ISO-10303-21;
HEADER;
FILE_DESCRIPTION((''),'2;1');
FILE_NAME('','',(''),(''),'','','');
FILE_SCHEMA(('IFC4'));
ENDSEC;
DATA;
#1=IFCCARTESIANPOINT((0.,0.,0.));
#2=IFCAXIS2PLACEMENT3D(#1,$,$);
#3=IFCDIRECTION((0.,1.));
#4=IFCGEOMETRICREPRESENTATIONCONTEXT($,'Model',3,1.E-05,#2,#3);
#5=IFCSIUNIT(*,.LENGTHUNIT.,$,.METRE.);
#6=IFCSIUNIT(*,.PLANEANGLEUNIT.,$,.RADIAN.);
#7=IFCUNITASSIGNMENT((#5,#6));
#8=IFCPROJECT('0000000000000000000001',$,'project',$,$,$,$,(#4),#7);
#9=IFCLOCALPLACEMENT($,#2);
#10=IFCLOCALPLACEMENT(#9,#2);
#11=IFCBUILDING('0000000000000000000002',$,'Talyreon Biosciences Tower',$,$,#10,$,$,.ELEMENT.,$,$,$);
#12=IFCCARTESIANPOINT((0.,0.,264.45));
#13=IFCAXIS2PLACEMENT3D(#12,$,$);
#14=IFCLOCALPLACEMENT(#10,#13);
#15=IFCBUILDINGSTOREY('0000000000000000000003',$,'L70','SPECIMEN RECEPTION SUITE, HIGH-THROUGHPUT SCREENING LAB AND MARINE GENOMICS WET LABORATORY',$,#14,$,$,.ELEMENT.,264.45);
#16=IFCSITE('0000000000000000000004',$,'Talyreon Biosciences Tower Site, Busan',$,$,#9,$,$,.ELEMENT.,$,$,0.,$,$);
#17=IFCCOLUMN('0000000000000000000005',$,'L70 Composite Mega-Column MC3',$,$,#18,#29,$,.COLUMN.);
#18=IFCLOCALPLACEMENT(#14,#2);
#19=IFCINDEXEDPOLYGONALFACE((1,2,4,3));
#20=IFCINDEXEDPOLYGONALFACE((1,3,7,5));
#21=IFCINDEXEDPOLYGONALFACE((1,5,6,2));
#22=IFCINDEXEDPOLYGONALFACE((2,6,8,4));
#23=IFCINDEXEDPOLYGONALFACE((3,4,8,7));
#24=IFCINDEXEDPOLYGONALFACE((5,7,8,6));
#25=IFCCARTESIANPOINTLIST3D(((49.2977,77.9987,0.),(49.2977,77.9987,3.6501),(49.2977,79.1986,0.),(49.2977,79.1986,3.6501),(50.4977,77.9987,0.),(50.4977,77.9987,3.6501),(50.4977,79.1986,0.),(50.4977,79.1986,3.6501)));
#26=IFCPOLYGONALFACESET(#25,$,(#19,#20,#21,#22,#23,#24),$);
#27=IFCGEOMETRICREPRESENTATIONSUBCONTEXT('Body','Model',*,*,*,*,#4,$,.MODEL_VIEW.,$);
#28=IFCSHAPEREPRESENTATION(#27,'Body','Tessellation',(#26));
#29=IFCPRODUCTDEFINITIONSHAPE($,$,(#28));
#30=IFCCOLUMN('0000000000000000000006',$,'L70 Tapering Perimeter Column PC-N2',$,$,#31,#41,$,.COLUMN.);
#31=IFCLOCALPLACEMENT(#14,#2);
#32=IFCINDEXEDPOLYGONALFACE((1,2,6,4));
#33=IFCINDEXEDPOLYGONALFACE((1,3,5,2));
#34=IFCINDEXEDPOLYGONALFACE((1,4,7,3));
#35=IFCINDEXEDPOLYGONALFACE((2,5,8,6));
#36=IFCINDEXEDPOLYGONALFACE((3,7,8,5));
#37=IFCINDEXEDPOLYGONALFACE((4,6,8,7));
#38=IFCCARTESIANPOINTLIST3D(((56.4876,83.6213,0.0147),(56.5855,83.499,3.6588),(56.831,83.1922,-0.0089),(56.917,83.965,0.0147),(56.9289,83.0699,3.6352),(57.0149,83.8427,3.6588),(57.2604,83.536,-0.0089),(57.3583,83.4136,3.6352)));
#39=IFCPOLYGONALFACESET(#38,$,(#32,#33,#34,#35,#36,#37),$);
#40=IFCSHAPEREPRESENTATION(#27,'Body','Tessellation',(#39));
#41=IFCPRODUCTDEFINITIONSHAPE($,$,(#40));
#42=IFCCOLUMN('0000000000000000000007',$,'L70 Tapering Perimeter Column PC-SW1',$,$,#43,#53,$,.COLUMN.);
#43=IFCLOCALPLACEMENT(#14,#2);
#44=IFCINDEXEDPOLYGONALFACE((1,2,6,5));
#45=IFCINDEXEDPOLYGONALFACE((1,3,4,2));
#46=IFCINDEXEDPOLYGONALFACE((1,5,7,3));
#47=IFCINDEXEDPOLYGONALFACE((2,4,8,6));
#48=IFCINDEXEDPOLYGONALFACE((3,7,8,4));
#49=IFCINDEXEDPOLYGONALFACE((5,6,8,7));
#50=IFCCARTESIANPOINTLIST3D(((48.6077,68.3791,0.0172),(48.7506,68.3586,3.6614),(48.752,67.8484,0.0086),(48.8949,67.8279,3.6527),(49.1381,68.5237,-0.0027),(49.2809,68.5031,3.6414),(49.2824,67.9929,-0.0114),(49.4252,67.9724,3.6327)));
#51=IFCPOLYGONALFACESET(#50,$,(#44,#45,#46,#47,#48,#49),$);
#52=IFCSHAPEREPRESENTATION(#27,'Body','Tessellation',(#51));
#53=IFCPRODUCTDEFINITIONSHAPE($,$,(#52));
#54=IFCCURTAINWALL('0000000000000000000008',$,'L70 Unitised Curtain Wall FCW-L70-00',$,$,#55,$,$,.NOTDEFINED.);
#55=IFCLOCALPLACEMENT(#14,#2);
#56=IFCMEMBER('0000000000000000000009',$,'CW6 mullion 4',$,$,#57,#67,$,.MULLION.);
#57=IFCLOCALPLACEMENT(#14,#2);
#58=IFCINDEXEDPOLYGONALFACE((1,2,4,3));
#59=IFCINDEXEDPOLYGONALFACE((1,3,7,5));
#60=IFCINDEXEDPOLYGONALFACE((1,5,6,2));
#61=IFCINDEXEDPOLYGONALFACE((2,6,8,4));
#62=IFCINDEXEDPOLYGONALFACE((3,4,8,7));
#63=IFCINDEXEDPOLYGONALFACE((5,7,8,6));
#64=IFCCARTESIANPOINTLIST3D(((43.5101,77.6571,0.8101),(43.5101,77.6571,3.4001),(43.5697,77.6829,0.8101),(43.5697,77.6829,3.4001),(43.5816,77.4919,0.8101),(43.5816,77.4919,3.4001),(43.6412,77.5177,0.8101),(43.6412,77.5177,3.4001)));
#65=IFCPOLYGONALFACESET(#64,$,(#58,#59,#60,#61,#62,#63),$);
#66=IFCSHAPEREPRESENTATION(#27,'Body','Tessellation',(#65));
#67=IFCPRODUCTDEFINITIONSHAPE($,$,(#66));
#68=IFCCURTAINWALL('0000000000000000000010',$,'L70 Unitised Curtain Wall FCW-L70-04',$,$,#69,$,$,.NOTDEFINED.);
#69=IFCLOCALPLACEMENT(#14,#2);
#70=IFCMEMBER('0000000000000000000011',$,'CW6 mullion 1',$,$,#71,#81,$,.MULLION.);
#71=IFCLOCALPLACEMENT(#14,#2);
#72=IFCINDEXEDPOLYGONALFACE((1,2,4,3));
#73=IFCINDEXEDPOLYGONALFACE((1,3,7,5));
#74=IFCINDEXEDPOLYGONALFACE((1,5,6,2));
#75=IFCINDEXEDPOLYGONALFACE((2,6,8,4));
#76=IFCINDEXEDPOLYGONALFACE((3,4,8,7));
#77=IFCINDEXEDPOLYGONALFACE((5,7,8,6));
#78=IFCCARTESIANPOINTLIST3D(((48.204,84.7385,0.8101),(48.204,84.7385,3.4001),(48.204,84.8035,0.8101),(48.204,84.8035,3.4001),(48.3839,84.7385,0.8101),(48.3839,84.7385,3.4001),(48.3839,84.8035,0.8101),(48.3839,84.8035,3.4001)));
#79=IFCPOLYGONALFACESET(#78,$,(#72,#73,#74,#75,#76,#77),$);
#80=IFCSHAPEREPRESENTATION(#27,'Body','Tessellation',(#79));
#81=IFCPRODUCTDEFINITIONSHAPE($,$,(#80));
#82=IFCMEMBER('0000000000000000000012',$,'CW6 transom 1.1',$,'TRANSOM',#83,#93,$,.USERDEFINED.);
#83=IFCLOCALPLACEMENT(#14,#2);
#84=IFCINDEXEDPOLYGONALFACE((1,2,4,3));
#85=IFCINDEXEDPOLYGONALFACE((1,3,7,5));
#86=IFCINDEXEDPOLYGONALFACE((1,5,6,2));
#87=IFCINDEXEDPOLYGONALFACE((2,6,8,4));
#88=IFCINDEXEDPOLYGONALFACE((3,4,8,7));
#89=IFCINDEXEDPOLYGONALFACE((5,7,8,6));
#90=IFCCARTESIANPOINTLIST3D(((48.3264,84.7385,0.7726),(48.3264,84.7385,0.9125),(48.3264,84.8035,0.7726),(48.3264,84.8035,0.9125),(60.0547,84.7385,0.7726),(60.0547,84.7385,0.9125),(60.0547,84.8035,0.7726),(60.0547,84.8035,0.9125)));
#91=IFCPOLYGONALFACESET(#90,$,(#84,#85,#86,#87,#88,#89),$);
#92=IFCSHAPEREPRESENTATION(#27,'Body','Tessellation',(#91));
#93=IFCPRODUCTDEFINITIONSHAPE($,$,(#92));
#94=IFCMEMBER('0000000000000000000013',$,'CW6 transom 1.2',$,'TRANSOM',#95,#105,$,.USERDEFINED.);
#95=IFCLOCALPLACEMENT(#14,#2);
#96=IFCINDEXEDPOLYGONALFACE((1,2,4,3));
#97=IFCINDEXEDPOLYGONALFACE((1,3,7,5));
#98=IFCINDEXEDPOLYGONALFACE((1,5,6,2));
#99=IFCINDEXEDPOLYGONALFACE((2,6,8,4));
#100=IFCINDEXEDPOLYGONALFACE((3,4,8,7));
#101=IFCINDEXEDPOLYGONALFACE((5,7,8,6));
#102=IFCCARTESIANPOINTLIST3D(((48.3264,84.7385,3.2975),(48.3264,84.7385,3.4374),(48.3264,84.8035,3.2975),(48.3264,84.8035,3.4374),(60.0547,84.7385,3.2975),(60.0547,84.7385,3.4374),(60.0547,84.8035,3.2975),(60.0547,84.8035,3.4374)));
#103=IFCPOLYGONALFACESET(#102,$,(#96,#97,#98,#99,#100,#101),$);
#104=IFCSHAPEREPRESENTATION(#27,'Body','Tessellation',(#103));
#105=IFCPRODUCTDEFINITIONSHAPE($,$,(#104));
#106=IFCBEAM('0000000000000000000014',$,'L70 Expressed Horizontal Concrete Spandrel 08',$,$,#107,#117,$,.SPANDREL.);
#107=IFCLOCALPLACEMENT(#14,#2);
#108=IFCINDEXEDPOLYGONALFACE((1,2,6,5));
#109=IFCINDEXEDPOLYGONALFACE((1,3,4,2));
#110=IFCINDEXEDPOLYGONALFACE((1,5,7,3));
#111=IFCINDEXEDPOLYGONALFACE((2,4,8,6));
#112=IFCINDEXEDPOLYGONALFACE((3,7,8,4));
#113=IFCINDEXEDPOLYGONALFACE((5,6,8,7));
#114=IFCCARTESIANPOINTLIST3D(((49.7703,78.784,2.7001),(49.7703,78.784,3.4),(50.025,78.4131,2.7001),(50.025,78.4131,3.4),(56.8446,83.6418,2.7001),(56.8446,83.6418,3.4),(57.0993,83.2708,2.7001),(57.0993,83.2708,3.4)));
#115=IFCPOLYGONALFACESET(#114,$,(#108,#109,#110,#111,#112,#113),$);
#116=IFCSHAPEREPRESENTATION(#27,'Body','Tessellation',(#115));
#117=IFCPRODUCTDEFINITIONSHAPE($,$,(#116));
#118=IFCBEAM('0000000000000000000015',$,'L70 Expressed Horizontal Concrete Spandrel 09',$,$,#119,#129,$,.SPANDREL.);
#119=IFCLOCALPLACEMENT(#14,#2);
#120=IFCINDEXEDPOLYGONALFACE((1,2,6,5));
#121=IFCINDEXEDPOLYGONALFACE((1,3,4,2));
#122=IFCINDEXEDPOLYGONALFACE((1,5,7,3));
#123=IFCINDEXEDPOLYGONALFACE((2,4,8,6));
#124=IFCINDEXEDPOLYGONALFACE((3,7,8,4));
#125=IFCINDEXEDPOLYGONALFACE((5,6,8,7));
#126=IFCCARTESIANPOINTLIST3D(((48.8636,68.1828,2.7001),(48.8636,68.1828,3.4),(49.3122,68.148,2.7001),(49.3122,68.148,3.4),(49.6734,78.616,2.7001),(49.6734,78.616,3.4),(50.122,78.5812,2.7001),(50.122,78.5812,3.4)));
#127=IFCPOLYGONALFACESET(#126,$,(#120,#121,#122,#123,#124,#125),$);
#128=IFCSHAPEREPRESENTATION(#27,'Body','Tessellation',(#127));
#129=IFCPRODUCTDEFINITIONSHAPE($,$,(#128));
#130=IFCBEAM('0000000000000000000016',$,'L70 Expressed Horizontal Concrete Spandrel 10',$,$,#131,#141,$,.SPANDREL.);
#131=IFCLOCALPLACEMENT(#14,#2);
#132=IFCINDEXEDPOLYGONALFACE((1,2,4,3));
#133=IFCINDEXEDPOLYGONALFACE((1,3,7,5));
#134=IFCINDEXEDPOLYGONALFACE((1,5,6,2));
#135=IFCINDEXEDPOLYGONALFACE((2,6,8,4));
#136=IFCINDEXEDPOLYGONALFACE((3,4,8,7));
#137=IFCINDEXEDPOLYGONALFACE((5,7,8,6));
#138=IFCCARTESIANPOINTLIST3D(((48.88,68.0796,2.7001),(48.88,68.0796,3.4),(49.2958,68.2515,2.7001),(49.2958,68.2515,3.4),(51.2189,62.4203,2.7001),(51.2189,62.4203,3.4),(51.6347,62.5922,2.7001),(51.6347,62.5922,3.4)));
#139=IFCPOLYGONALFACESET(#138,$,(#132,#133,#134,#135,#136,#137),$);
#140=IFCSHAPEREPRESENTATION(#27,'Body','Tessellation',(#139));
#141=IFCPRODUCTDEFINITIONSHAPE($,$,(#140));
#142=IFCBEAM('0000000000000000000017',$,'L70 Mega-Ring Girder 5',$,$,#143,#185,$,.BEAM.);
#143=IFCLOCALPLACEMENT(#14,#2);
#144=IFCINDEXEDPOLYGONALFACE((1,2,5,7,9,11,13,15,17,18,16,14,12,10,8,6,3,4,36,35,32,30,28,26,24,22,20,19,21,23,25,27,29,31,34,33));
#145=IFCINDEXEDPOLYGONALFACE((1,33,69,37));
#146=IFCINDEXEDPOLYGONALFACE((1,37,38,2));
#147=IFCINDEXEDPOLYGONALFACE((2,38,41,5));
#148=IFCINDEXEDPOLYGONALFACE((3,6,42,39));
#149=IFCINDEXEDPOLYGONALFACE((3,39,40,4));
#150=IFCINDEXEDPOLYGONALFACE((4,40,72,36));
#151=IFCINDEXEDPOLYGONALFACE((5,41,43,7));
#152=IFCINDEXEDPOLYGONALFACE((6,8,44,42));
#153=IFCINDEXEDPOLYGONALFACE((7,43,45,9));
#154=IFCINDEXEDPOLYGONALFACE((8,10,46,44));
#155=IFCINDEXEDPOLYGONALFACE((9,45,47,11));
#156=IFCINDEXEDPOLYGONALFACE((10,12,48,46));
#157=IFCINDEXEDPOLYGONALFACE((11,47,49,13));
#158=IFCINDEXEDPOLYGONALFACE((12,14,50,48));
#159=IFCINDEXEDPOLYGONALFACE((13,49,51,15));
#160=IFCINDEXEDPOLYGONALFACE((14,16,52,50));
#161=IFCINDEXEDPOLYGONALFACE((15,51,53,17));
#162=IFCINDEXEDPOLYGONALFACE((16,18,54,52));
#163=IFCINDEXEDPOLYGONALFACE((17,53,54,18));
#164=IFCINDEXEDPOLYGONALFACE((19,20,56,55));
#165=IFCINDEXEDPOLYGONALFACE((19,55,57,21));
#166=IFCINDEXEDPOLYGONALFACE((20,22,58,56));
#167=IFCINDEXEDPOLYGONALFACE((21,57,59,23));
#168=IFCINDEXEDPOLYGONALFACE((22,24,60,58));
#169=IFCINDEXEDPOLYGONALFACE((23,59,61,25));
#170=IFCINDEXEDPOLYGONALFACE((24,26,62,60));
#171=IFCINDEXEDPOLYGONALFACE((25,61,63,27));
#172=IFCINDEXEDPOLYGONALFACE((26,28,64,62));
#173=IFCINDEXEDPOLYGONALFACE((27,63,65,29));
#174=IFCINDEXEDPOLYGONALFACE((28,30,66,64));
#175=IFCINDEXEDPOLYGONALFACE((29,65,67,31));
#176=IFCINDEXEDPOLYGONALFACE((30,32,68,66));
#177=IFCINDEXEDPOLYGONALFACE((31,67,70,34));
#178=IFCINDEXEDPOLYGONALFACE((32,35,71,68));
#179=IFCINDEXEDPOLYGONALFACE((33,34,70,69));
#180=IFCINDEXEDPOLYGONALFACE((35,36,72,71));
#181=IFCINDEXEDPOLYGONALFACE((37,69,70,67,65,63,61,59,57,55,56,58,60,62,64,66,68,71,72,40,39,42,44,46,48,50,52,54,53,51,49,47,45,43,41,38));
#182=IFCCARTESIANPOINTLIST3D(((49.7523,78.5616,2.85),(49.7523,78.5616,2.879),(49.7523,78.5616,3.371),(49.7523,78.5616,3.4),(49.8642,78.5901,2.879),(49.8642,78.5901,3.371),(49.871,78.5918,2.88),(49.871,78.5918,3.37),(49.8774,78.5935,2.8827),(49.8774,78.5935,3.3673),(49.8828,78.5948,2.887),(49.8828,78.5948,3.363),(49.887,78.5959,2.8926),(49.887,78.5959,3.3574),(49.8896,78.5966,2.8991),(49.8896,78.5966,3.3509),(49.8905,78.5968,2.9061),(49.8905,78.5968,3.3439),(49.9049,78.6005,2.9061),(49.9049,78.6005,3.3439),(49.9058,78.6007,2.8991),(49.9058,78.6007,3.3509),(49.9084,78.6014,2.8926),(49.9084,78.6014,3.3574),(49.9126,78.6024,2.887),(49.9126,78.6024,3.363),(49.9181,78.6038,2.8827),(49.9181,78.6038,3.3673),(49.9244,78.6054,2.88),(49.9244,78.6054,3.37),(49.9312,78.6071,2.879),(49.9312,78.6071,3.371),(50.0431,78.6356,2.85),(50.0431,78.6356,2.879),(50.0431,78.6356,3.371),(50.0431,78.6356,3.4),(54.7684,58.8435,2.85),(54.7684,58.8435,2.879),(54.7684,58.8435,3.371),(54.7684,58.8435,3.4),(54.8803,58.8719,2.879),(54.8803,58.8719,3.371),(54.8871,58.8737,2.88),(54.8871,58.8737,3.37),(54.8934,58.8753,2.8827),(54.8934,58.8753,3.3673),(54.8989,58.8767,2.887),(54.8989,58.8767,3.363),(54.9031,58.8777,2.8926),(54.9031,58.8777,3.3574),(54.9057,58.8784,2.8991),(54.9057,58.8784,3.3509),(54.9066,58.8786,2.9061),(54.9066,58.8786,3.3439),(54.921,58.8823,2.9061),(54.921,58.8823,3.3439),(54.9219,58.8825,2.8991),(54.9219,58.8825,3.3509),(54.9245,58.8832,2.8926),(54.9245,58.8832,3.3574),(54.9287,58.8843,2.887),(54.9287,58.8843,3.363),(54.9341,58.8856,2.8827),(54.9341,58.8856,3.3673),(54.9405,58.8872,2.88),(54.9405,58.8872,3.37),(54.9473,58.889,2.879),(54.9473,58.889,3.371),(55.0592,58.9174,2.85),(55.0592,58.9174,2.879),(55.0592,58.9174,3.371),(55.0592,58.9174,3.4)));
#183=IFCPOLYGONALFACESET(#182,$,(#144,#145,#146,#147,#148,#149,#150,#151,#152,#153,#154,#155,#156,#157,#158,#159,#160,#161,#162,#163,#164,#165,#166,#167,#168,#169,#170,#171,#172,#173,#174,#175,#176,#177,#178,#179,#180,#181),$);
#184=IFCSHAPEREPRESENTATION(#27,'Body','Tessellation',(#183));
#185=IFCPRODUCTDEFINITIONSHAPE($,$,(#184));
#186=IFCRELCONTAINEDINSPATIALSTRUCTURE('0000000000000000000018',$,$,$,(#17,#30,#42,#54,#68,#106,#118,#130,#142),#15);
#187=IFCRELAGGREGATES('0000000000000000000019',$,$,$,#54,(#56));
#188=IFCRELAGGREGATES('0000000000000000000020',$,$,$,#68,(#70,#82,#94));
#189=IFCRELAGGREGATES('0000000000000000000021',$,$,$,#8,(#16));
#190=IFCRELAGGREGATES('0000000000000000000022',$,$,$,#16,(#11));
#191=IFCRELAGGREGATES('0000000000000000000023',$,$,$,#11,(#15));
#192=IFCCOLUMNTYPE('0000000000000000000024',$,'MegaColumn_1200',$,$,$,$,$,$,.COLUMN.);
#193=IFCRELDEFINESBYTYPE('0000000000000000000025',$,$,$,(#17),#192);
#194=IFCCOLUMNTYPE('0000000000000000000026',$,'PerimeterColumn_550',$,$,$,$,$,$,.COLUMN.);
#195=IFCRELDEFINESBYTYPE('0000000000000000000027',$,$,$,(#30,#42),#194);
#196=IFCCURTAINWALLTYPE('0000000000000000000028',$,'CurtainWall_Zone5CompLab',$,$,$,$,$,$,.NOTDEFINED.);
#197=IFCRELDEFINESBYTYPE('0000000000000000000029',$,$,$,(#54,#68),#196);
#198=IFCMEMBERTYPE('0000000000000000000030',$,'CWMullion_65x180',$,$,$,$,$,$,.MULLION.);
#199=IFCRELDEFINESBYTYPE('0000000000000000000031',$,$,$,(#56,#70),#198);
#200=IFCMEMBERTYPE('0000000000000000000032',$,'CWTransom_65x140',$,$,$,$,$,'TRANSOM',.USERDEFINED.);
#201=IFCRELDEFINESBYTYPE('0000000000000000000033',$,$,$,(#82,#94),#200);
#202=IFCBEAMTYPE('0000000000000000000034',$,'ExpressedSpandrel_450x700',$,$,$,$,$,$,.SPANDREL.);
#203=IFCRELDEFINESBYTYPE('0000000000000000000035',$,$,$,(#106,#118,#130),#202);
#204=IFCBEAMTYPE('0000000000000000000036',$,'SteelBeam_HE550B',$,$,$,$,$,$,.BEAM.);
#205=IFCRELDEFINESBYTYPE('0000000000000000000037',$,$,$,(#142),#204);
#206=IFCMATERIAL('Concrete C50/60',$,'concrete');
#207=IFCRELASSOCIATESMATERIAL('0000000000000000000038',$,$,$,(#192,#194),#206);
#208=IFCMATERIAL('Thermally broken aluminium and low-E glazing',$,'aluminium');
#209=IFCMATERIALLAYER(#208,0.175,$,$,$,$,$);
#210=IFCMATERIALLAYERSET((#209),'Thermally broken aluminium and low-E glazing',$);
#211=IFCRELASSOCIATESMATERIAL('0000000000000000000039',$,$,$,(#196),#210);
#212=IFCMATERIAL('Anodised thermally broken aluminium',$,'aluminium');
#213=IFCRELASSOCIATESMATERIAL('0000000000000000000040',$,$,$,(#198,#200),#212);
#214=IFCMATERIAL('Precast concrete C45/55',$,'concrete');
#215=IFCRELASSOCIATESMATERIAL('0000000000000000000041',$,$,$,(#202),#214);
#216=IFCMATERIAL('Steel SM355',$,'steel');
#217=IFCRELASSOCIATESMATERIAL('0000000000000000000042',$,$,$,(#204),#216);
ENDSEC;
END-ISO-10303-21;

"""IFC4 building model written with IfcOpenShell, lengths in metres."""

from ifc_helpers import new_model, si_unit, direction, frame, origin, origin_2d, place, context, subcontext, project, spatial, rectangle, i_section, extrude, material, layer, layer_set, material_profile, profile_set, type_object, element, aggregate, save


model = new_model("IFC4")

# Units and contexts
model_context = context("Model", 3, precision=1e-05, world=origin(), true_north=direction((0.0, 1.0)))
body_context = subcontext(model_context, "Body", "Model", "MODEL_VIEW")
ifc_project = project(units=[si_unit("LENGTHUNIT", "METRE"), si_unit("PLANEANGLEUNIT", "RADIAN")], contexts=[model_context])

# Site, building, storey
site_placement = place(None, origin())
site = spatial("IfcSite", under=ifc_project, at=site_placement, Name="Talyreon Biosciences Tower Site, Busan", CompositionType="ELEMENT", RefElevation=0.0)
building_placement = place(site_placement, origin())
building = spatial("IfcBuilding", under=site, at=building_placement, Name="Talyreon Biosciences Tower", CompositionType="ELEMENT")
storey_placement = place(building_placement, frame((0.0, 0.0, 264.45)))
storey = spatial("IfcBuildingStorey", under=building, at=storey_placement, Name="L70", Description="SPECIMEN RECEPTION SUITE, HIGH-THROUGHPUT SCREENING LAB AND MARINE GENOMICS WET LABORATORY", CompositionType="ELEMENT", Elevation=264.45)

# Columns
ifc_material_1 = material(Name="Concrete C50/60", Category="concrete")
ifc_material_profile_1 = material_profile(ifc_material_1, rectangle(XDim=1.2, YDim=1.2, at=origin_2d()), Name="RC 1200x1200")
ifc_profile_set_1 = profile_set([ifc_material_profile_1], Name="Concrete C50/60")
column_type_1 = type_object("IfcColumnType", Name="MegaColumn_1200", PredefinedType="COLUMN", material=ifc_profile_set_1)
column_1_placement = place(storey_placement, frame((49.8977, 78.5986, 0.0), z_axis=(0.0, 0.0, 1.0), x_axis=(1.0, 0.0, 0.0)))
element("IfcColumn", 1, at=column_1_placement, inside=storey, type_object=column_type_1, Name="L70 Composite Mega-Column MC3", PredefinedType="COLUMN", context=body_context, shape_type="SweptSolid", body=[
    extrude(rectangle(XDim=1.2, YDim=1.2, at=origin_2d()), origin(), (0.0, 0.0, 1.0), 3.6501),
])
ifc_material_profile_2 = material_profile(ifc_material_1, rectangle(XDim=0.55, YDim=0.55, at=origin_2d()), Name="RC 550x550")
ifc_profile_set_2 = profile_set([ifc_material_profile_2], Name="Concrete C50/60")
column_type_2 = type_object("IfcColumnType", Name="PerimeterColumn_550", PredefinedType="COLUMN", material=ifc_profile_set_2)
column_2_placement = place(storey_placement, frame((56.874, 83.5786, 0.0029), z_axis=(0.026841, -0.033535, 0.999077), x_axis=(-0.780717, -0.624885, 0.0)))
element("IfcColumn", 2, at=column_2_placement, inside=storey, type_object=column_type_2, Name="L70 Tapering Perimeter Column PC-N2", PredefinedType="COLUMN", context=body_context, shape_type="SweptSolid", body=[
    extrude(rectangle(XDim=0.55, YDim=0.55, at=origin_2d()), origin(), (0.0, 0.0, 1.0), 3.6475),
])
column_3_placement = place(storey_placement, frame((48.9451, 68.186, 0.0029), z_axis=(0.039163, -0.005623, 0.999217), x_axis=(0.964183, 0.262742, -0.036311)))
element("IfcColumn", 3, at=column_3_placement, inside=storey, type_object=column_type_2, Name="L70 Tapering Perimeter Column PC-SW1", PredefinedType="COLUMN", context=body_context, shape_type="SweptSolid", body=[
    extrude(rectangle(XDim=0.55, YDim=0.55, at=origin_2d()), origin(), (0.0, 0.0, 1.0), 3.647),
])

# Curtain wall, member
ifc_material_2 = material(Name="Thermally broken aluminium and low-E glazing", Category="aluminium")
ifc_layer_1 = layer(ifc_material_2, 0.175)
ifc_layer_set_1 = layer_set([ifc_layer_1], Name="Thermally broken aluminium and low-E glazing")
curtain_wall_type = type_object("IfcCurtainWallType", Name="CurtainWall_Zone5CompLab", PredefinedType="NOTDEFINED", material=ifc_layer_set_1)
curtain_wall_1_placement = place(storey_placement, origin())
curtain_wall_1 = element("IfcCurtainWall", 4, at=curtain_wall_1_placement, inside=storey, type_object=curtain_wall_type, Name="L70 Unitised Curtain Wall FCW-L70-00", PredefinedType="NOTDEFINED")
ifc_material_3 = material(Name="Anodised thermally broken aluminium", Category="aluminium")
ifc_material_profile_3 = material_profile(ifc_material_3, rectangle(XDim=0.0649, YDim=0.1799, at=origin_2d()), Name="ALUM MULLION 65x180")
ifc_profile_set_3 = profile_set([ifc_material_profile_3], Name="Anodised thermally broken aluminium")
member_type_1 = type_object("IfcMemberType", Name="CWMullion_65x180", PredefinedType="MULLION", material=ifc_profile_set_3)
member_1_placement = place(storey_placement, frame((43.5757, 77.5874, 0.8101), z_axis=(0.0, 0.0, 1.0), x_axis=(-0.917723, -0.397221, 0.0)))
member_1 = element("IfcMember", 5, at=member_1_placement, type_object=member_type_1, Name="CW6 mullion 4", PredefinedType="MULLION", context=body_context, shape_type="SweptSolid", body=[
    extrude(rectangle(XDim=0.0649, YDim=0.1799, at=origin_2d()), origin(), (0.0, 0.0, 1.0), 2.5901),
])

# Curtain wall, members
curtain_wall_2_placement = place(storey_placement, origin())
curtain_wall_2 = element("IfcCurtainWall", 6, at=curtain_wall_2_placement, inside=storey, type_object=curtain_wall_type, Name="L70 Unitised Curtain Wall FCW-L70-04", PredefinedType="NOTDEFINED")
member_2_placement = place(storey_placement, frame((48.2939, 84.771, 0.8101), z_axis=(0.0, 0.0, 1.0), x_axis=(0.0, 1.0, 0.0)))
member_2 = element("IfcMember", 7, at=member_2_placement, type_object=member_type_1, Name="CW6 mullion 1", PredefinedType="MULLION", context=body_context, shape_type="SweptSolid", body=[
    extrude(rectangle(XDim=0.0649, YDim=0.1799, at=origin_2d()), origin(), (0.0, 0.0, 1.0), 2.5901),
])
ifc_material_profile_4 = material_profile(ifc_material_3, rectangle(XDim=0.0649, YDim=0.1399, at=origin_2d()), Name="ALUM TRANSOM 65x140")
ifc_profile_set_4 = profile_set([ifc_material_profile_4], Name="Anodised thermally broken aluminium")
member_type_2 = type_object("IfcMemberType", Name="CWTransom_65x140", ElementType="TRANSOM", PredefinedType="USERDEFINED", material=ifc_profile_set_4)
member_3_placement = place(storey_placement, frame((48.3264, 84.771, 0.8425), z_axis=(1.0, 0.0, 0.0), x_axis=(0.0, 1.0, 0.0)))
member_3 = element("IfcMember", 8, at=member_3_placement, type_object=member_type_2, Name="CW6 transom 1.1", ObjectType="TRANSOM", PredefinedType="USERDEFINED", context=body_context, shape_type="SweptSolid", body=[
    extrude(rectangle(XDim=0.0649, YDim=0.1399, at=origin_2d()), origin(), (0.0, 0.0, 1.0), 11.7283),
])
member_4_placement = place(storey_placement, frame((48.3264, 84.771, 3.3674), z_axis=(1.0, 0.0, 0.0), x_axis=(0.0, 1.0, 0.0)))
member_4 = element("IfcMember", 9, at=member_4_placement, type_object=member_type_2, Name="CW6 transom 1.2", ObjectType="TRANSOM", PredefinedType="USERDEFINED", context=body_context, shape_type="SweptSolid", body=[
    extrude(rectangle(XDim=0.0649, YDim=0.1399, at=origin_2d()), origin(), (0.0, 0.0, 1.0), 11.7283),
])

# Beams
ifc_material_4 = material(Name="Precast concrete C45/55", Category="concrete")
ifc_material_profile_5 = material_profile(ifc_material_4, rectangle(XDim=0.45, YDim=0.7, at=origin_2d()), Name="RCB 450x700")
ifc_profile_set_5 = profile_set([ifc_material_profile_5], Name="Precast concrete C45/55")
beam_type_1 = type_object("IfcBeamType", Name="ExpressedSpandrel_450x700", PredefinedType="SPANDREL", material=ifc_profile_set_5)
beam_1_placement = place(storey_placement, frame((56.9719, 83.4563, 3.05), z_axis=(-0.824361, -0.566065, 0.0), x_axis=(0.566065, -0.824361, 0.0)))
element("IfcBeam", 10, at=beam_1_placement, inside=storey, type_object=beam_type_1, Name="L70 Expressed Horizontal Concrete Spandrel 08", PredefinedType="SPANDREL", context=body_context, shape_type="SweptSolid", body=[
    extrude(rectangle(XDim=0.45, YDim=0.7, at=origin_2d()), origin(), (0.0, 0.0, 1.0), 8.5815),
])
beam_2_placement = place(storey_placement, frame((49.8977, 78.5986, 3.05), z_axis=(-0.077387, -0.997001, 0.0), x_axis=(0.997001, -0.077387, 0.0)))
element("IfcBeam", 11, at=beam_2_placement, inside=storey, type_object=beam_type_1, Name="L70 Expressed Horizontal Concrete Spandrel 09", PredefinedType="SPANDREL", context=body_context, shape_type="SweptSolid", body=[
    extrude(rectangle(XDim=0.45, YDim=0.7, at=origin_2d()), origin(), (0.0, 0.0, 1.0), 10.4646),
])
beam_3_placement = place(storey_placement, frame((49.0879, 68.1655, 3.05), z_axis=(0.381953, -0.924182, 0.0), x_axis=(0.924182, 0.381953, 0.0)))
element("IfcBeam", 12, at=beam_3_placement, inside=storey, type_object=beam_type_1, Name="L70 Expressed Horizontal Concrete Spandrel 10", PredefinedType="SPANDREL", context=body_context, shape_type="SweptSolid", body=[
    extrude(rectangle(XDim=0.45, YDim=0.7, at=origin_2d()), origin(), (0.0, 0.0, 1.0), 6.1235),
])
ifc_material_5 = material(Name="Steel SM355", Category="steel")
ifc_material_profile_6 = material_profile(ifc_material_5, i_section(OverallWidth=0.3, OverallDepth=0.55, WebThickness=0.0149, FlangeThickness=0.0291, FilletRadius=0.0271, at=origin_2d()), Name="HE550B")
ifc_profile_set_6 = profile_set([ifc_material_profile_6], Name="Steel SM355")
beam_type_2 = type_object("IfcBeamType", Name="SteelBeam_HE550B", PredefinedType="BEAM", material=ifc_profile_set_6)
beam_4_placement = place(storey_placement, frame((49.8977, 78.5986, 3.125), z_axis=(0.246537, -0.969133, 0.0), x_axis=(0.969133, 0.246537, 0.0)))
element("IfcBeam", 13, at=beam_4_placement, inside=storey, type_object=beam_type_2, Name="L70 Mega-Ring Girder 5", PredefinedType="BEAM", context=body_context, shape_type="SweptSolid", body=[
    extrude(i_section(OverallWidth=0.3, OverallDepth=0.55, WebThickness=0.0149, FlangeThickness=0.0291, FilletRadius=0.0271, at=origin_2d()), origin(), (0.0, 0.0, 1.0), 20.3462),
])

aggregate(curtain_wall_1, [member_1])
aggregate(curtain_wall_2, [member_2, member_3, member_4])

save(model, "model.ifc")
